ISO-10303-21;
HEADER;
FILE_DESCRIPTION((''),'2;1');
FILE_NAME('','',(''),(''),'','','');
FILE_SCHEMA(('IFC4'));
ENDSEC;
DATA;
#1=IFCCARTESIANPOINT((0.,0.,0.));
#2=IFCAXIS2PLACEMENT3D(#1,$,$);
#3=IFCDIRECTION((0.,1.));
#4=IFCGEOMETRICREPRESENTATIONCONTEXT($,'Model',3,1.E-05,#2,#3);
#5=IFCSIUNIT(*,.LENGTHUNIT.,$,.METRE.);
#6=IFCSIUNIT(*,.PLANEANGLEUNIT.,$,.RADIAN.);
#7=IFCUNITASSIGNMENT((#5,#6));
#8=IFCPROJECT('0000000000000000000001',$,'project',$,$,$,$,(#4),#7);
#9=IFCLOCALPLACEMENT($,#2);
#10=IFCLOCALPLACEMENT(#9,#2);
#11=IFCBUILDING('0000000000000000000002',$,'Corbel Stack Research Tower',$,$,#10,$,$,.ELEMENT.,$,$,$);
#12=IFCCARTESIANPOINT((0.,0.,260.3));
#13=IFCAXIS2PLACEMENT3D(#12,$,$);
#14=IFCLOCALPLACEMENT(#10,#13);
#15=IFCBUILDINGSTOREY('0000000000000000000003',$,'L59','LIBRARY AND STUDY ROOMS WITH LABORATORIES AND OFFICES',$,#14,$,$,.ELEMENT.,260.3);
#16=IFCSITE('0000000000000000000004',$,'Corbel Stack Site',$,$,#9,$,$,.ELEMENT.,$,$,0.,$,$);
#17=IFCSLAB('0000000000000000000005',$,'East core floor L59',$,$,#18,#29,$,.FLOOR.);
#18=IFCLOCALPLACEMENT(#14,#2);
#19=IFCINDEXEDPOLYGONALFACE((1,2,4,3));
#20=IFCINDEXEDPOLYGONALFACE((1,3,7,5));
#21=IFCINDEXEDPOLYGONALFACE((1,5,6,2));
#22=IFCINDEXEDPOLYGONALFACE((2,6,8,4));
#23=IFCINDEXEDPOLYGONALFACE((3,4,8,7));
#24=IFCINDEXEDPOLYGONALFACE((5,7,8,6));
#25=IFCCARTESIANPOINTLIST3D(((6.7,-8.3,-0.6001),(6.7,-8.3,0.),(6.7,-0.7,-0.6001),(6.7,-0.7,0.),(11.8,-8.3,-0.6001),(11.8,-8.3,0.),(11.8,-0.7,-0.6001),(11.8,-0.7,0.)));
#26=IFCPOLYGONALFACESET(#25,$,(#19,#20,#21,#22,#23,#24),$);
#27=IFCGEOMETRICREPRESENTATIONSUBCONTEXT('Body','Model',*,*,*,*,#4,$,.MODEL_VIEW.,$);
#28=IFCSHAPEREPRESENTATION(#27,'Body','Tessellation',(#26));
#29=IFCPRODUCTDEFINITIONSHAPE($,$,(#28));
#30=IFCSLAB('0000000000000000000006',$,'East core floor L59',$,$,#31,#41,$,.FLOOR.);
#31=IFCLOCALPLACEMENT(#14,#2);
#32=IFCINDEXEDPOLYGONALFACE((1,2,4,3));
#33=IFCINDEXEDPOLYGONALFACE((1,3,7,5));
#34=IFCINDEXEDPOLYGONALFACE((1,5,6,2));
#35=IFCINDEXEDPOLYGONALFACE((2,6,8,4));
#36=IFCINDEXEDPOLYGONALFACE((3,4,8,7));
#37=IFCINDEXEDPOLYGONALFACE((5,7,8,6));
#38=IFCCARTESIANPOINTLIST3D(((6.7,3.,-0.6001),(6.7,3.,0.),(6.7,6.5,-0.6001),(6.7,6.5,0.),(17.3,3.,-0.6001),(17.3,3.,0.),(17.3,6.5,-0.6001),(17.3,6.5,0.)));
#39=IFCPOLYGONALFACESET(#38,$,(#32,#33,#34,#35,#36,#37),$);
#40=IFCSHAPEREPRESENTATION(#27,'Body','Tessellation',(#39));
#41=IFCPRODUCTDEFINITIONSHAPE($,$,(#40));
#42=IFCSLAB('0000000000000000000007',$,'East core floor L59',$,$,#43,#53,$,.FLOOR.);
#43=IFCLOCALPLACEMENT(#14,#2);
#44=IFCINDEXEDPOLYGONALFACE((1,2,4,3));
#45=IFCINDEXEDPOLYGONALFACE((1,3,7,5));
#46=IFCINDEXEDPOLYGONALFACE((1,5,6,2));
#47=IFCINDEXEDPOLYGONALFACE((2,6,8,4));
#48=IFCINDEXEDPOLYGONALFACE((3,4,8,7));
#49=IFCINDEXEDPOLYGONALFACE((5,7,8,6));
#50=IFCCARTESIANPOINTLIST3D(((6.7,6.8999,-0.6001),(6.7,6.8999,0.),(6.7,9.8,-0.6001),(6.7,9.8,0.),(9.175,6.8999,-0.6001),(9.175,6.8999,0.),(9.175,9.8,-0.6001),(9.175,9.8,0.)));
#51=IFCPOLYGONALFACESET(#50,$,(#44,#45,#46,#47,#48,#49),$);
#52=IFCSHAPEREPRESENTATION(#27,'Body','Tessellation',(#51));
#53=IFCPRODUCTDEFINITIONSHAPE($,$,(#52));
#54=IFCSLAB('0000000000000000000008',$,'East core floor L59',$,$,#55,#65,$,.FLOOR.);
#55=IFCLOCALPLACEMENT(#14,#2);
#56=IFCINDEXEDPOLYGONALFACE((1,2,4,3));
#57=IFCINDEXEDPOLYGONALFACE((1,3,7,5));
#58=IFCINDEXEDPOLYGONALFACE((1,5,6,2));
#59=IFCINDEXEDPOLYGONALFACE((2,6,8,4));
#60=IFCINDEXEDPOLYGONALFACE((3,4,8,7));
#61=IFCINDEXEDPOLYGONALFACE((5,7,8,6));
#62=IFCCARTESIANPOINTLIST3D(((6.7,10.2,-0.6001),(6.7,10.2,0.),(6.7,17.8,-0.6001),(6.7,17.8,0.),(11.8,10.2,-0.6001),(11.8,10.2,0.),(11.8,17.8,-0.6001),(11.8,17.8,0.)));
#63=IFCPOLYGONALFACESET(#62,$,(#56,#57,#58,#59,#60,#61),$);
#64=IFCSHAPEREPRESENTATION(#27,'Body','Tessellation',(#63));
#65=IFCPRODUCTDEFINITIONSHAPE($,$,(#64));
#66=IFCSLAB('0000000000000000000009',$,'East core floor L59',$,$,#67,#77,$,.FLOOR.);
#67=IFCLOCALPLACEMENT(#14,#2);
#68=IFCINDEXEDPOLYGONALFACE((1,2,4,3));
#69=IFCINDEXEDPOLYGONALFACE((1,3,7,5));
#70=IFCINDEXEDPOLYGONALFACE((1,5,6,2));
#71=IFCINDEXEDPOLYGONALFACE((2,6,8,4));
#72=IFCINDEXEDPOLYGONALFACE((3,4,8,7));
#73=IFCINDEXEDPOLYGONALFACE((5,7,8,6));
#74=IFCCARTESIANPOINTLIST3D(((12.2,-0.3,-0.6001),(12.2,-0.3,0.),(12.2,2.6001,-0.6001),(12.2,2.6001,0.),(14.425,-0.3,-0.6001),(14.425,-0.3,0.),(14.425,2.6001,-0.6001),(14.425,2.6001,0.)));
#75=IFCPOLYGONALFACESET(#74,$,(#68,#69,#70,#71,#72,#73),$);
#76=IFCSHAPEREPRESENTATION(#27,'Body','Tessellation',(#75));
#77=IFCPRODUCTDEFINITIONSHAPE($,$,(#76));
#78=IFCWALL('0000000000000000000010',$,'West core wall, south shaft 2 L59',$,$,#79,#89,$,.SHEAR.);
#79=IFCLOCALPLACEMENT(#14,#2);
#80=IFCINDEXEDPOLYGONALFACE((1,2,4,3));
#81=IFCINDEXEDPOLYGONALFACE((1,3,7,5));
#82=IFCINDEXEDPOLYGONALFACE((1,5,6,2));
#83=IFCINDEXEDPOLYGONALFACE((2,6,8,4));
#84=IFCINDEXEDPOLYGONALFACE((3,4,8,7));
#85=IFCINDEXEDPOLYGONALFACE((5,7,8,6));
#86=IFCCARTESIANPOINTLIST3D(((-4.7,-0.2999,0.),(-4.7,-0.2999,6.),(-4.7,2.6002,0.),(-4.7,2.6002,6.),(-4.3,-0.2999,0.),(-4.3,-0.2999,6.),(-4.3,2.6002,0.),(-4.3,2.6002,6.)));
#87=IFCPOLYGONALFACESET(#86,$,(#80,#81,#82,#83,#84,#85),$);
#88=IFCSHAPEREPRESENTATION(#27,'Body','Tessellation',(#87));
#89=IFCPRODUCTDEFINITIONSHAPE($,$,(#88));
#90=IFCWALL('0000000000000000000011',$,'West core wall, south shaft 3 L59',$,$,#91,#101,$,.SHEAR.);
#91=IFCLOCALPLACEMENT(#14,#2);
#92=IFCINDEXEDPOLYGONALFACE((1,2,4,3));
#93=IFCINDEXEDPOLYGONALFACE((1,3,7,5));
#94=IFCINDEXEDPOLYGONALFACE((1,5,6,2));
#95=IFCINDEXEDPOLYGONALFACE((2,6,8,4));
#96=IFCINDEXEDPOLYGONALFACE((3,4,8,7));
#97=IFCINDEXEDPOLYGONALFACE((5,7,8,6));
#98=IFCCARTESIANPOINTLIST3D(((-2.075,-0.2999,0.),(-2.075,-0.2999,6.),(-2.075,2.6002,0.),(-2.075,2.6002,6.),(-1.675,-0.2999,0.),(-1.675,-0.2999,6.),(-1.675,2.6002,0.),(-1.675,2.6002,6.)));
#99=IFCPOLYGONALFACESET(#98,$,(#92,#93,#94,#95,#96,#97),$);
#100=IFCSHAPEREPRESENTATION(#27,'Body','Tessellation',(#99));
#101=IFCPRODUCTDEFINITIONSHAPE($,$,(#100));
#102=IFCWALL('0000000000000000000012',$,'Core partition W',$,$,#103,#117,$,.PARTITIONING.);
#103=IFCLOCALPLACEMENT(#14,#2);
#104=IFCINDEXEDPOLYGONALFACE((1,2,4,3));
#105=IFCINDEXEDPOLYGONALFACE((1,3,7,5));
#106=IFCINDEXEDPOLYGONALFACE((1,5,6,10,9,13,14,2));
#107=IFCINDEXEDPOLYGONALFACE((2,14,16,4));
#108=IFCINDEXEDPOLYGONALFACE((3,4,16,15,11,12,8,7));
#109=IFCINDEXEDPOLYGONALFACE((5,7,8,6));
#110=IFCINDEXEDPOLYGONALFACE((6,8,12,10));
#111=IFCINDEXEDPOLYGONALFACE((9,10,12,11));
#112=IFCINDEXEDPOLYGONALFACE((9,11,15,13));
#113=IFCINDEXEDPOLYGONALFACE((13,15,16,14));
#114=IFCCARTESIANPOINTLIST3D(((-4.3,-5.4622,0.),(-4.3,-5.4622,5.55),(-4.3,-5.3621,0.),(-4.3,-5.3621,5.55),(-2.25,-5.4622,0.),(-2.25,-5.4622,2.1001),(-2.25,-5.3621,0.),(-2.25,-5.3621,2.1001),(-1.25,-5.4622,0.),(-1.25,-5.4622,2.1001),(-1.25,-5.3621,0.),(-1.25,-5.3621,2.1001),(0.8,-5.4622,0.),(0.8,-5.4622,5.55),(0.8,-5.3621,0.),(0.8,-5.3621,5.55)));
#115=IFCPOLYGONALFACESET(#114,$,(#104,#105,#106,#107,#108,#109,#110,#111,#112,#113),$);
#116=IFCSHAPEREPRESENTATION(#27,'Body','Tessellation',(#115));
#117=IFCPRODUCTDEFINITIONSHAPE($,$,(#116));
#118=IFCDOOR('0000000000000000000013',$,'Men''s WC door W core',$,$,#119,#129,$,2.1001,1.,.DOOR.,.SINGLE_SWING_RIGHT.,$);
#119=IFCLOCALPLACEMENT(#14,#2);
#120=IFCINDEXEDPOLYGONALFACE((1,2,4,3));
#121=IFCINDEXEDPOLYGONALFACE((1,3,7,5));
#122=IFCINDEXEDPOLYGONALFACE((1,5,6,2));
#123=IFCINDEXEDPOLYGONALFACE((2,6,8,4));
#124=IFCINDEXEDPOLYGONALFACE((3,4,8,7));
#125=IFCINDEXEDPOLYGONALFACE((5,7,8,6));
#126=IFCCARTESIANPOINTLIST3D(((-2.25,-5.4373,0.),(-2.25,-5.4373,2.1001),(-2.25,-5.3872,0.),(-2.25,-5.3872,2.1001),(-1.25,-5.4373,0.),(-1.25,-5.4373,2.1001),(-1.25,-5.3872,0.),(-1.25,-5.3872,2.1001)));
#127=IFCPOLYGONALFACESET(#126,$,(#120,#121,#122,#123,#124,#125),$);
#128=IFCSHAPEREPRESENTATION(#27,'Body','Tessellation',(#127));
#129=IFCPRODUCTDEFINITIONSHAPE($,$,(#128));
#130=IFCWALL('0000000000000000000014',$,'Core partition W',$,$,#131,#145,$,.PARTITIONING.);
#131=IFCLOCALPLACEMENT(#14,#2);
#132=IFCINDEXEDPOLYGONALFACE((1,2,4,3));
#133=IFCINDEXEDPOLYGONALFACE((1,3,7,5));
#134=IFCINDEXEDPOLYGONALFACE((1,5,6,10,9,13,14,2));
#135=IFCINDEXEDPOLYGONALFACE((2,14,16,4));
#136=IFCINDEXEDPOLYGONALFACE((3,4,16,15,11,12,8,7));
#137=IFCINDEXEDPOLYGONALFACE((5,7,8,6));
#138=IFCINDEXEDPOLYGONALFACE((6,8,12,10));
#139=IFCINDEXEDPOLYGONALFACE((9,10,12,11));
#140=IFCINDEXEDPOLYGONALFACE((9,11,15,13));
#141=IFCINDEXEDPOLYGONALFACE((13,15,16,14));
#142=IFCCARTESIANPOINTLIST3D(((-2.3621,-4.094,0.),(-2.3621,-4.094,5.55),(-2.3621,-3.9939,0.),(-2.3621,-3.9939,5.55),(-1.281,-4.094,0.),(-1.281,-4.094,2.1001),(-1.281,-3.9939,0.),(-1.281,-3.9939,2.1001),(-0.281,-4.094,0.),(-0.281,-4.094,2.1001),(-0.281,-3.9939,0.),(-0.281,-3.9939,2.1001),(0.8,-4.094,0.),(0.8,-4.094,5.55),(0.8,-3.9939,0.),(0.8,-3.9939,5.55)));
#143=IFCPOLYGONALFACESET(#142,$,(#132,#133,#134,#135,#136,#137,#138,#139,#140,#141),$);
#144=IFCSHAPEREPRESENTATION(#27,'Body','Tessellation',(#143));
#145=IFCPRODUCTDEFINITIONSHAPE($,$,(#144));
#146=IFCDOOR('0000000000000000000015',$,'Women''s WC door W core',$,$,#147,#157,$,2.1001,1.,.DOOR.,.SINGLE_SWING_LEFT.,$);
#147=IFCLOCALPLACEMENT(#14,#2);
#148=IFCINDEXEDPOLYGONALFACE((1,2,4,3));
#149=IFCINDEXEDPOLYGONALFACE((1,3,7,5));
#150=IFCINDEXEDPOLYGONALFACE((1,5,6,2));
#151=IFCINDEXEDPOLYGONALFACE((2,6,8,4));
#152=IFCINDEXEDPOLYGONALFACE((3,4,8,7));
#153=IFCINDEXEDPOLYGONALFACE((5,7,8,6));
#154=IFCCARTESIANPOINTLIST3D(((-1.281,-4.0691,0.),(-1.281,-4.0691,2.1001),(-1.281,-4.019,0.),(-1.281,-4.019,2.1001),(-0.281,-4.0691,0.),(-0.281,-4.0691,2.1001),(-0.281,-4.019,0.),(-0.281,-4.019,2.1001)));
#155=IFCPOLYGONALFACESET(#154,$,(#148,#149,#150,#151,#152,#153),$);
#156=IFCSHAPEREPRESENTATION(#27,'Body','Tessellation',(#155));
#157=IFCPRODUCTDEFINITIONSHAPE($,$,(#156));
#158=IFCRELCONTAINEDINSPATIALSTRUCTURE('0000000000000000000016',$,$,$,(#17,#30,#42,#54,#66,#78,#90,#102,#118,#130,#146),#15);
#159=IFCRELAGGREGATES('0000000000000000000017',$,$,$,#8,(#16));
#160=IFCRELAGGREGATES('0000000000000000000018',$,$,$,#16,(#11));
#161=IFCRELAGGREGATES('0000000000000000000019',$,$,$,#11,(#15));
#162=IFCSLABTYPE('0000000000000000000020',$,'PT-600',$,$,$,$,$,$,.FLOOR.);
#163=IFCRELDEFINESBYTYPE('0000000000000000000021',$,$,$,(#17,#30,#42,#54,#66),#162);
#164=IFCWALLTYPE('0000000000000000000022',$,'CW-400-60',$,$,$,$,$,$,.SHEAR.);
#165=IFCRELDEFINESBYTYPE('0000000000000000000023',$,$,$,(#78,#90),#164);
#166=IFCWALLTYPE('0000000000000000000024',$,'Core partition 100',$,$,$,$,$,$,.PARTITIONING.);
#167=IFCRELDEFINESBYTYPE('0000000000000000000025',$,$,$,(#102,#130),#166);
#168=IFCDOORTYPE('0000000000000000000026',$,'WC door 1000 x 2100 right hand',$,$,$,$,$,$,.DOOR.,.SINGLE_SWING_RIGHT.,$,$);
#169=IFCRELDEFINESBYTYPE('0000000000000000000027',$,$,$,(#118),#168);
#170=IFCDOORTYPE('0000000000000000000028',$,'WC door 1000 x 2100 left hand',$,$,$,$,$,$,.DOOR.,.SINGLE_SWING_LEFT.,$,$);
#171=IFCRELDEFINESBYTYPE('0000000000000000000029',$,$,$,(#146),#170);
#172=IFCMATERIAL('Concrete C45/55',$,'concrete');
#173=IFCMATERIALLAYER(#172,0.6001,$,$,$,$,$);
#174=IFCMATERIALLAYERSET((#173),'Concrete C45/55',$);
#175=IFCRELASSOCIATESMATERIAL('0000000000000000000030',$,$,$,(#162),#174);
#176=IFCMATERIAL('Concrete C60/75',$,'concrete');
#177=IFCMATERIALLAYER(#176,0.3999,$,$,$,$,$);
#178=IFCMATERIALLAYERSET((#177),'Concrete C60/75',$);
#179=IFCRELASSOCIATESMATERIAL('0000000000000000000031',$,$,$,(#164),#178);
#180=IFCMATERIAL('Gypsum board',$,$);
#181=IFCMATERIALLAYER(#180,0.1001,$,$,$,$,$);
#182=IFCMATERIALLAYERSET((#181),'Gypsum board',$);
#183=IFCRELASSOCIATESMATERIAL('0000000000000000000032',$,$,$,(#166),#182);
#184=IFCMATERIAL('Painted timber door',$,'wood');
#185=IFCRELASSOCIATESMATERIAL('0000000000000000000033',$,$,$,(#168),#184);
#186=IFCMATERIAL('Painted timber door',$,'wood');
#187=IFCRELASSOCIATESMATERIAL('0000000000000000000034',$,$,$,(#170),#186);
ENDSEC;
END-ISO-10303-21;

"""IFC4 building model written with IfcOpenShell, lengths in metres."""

from ifc_helpers import new_model, si_unit, direction, frame, frame_2d, origin, place, context, subcontext, project, spatial, polyline, rectangle, outline, extrude, material, layer, layer_set, type_object, element, fill, save


model = new_model("IFC4")

# Units and contexts
model_context = context("Model", 3, precision=1e-05, world=origin(), true_north=direction((0.0, 1.0)))
body_context = subcontext(model_context, "Body", "Model", "MODEL_VIEW")
ifc_project = project(units=[si_unit("LENGTHUNIT", "METRE"), si_unit("PLANEANGLEUNIT", "RADIAN")], contexts=[model_context])

# Site, building, storey
site_placement = place(None, origin())
site = spatial("IfcSite", under=ifc_project, at=site_placement, Name="Corbel Stack Site", CompositionType="ELEMENT", RefElevation=0.0)
building_placement = place(site_placement, origin())
building = spatial("IfcBuilding", under=site, at=building_placement, Name="Corbel Stack Research Tower", CompositionType="ELEMENT")
storey_placement = place(building_placement, frame((0.0, 0.0, 260.3)))
storey = spatial("IfcBuildingStorey", under=building, at=storey_placement, Name="L59", Description="LIBRARY AND STUDY ROOMS WITH LABORATORIES AND OFFICES", CompositionType="ELEMENT", Elevation=260.3)

# Slabs
ifc_material_1 = material(Name="Concrete C45/55", Category="concrete")
ifc_layer_1 = layer(ifc_material_1, 0.6001)
ifc_layer_set_1 = layer_set([ifc_layer_1], Name="Concrete C45/55")
slab_type = type_object("IfcSlabType", Name="PT-600", PredefinedType="FLOOR", material=ifc_layer_set_1)
slab_1_placement = place(storey_placement, frame((0.0, 0.0, -0.6001)))
element("IfcSlab", 1, at=slab_1_placement, inside=storey, type_object=slab_type, Name="East core floor L59", PredefinedType="FLOOR", context=body_context, shape_type="SweptSolid", body=[
    extrude(outline(polyline([(6.7, -8.3), (11.8, -8.3), (11.8, -0.7), (6.7, -0.7), (6.7, -8.3)])), origin(), (0.0, 0.0, 1.0), 0.6001),
])
slab_2_placement = place(storey_placement, frame((0.0, 0.0, -0.6001)))
element("IfcSlab", 2, at=slab_2_placement, inside=storey, type_object=slab_type, Name="East core floor L59", PredefinedType="FLOOR", context=body_context, shape_type="SweptSolid", body=[
    extrude(outline(polyline([(6.7, 3.0), (17.3, 3.0), (17.3, 6.5), (6.7, 6.5), (6.7, 3.0)])), origin(), (0.0, 0.0, 1.0), 0.6001),
])
slab_3_placement = place(storey_placement, frame((0.0, 0.0, -0.6001)))
element("IfcSlab", 3, at=slab_3_placement, inside=storey, type_object=slab_type, Name="East core floor L59", PredefinedType="FLOOR", context=body_context, shape_type="SweptSolid", body=[
    extrude(outline(polyline([(6.7, 6.8999), (9.175, 6.8999), (9.175, 9.8), (6.7, 9.8), (6.7, 6.8999)])), origin(), (0.0, 0.0, 1.0), 0.6001),
])
slab_4_placement = place(storey_placement, frame((0.0, 0.0, -0.6001)))
element("IfcSlab", 4, at=slab_4_placement, inside=storey, type_object=slab_type, Name="East core floor L59", PredefinedType="FLOOR", context=body_context, shape_type="SweptSolid", body=[
    extrude(outline(polyline([(6.7, 10.2), (11.8, 10.2), (11.8, 17.8), (6.7, 17.8), (6.7, 10.2)])), origin(), (0.0, 0.0, 1.0), 0.6001),
])
slab_5_placement = place(storey_placement, frame((0.0, 0.0, -0.6001)))
element("IfcSlab", 5, at=slab_5_placement, inside=storey, type_object=slab_type, Name="East core floor L59", PredefinedType="FLOOR", context=body_context, shape_type="SweptSolid", body=[
    extrude(outline(polyline([(12.2, 2.6001), (12.2, -0.3), (14.425, -0.3), (14.425, 2.6001), (12.2, 2.6001)])), origin(), (0.0, 0.0, 1.0), 0.6001),
])

# Walls
ifc_material_2 = material(Name="Concrete C60/75", Category="concrete")
ifc_layer_2 = layer(ifc_material_2, 0.3999)
ifc_layer_set_2 = layer_set([ifc_layer_2], Name="Concrete C60/75")
wall_type_1 = type_object("IfcWallType", Name="CW-400-60", PredefinedType="SHEAR", material=ifc_layer_set_2)
for number, where, z_axis, x_axis, name in (
    (6, (-4.5, -0.3, 0.0), (0.0, 0.0, 1.0), (0.0, 1.0, 0.0), "West core wall, south shaft 2 L59"),
    (7, (-1.875, -0.3, 0.0), (0.0, 0.0, 1.0), (0.0, 1.0, 0.0), "West core wall, south shaft 3 L59"),
):
    element("IfcWall", number, at=place(storey_placement, frame(where, z_axis=z_axis, x_axis=x_axis)), inside=storey, type_object=wall_type_1, Name=name, PredefinedType="SHEAR", context=body_context, shape_type="SweptSolid", body=[
        extrude(rectangle(XDim=2.9001, YDim=0.3999, at=frame_2d((1.4502, 0.0))), origin(), (0.0, 0.0, 1.0), 6.0),
    ])

# Walls, openings, doors
ifc_material_3 = material(Name="Gypsum board")
ifc_layer_3 = layer(ifc_material_3, 0.1001)
ifc_layer_set_3 = layer_set([ifc_layer_3], Name="Gypsum board")
wall_type_2 = type_object("IfcWallType", Name="Core partition 100", PredefinedType="PARTITIONING", material=ifc_layer_set_3)
wall_1_placement = place(storey_placement, frame((-4.3, -5.4121, 0.0), z_axis=(0.0, 0.0, 1.0), x_axis=(1.0, 0.0, 0.0)))
wall_1 = element("IfcWall", 8, at=wall_1_placement, inside=storey, type_object=wall_type_2, Name="Core partition W", PredefinedType="PARTITIONING", context=body_context, shape_type="SweptSolid", body=[
    extrude(rectangle(XDim=5.1001, YDim=0.1001, at=frame_2d((2.55, 0.0))), origin(), (0.0, 0.0, 1.0), 5.55),
])
opening_1_placement = place(wall_1_placement, frame((2.05, 0.0, 0.0)))
opening_1 = element("IfcOpeningElement", 9, at=opening_1_placement, cuts=wall_1, PredefinedType="OPENING", context=body_context, shape_type="SweptSolid", body=[
    extrude(rectangle(XDim=1.0, YDim=2.1001, at=frame_2d((0.5, 1.05))), frame((0.0, 0.0601, 0.0), z_axis=(0.0, -1.0, 0.0), x_axis=(1.0, 0.0, 0.0)), (0.0, 0.0, 1.0), 0.1201),
])
ifc_material_4 = material(Name="Painted timber door", Category="wood")
door_type_1 = type_object("IfcDoorType", Name="WC door 1000 x 2100 right hand", OperationType="SINGLE_SWING_RIGHT", PredefinedType="DOOR", material=ifc_material_4)
door_1_placement = place(opening_1_placement, origin())
door_1 = element("IfcDoor", 10, at=door_1_placement, inside=storey, type_object=door_type_1, Name="Men's WC door W core", OperationType="SINGLE_SWING_RIGHT", OverallHeight=2.1001, OverallWidth=1.0, PredefinedType="DOOR", context=body_context, shape_type="SweptSolid", body=[
    extrude(rectangle(XDim=1.0, YDim=2.1001, at=frame_2d((0.5, 1.05))), frame((0.0, 0.0249, 0.0), z_axis=(0.0, -1.0, 0.0), x_axis=(1.0, 0.0, 0.0)), (0.0, 0.0, 1.0), 0.05),
])
fill(opening_1, door_1)
wall_2_placement = place(storey_placement, frame((-2.3621, -4.0439, 0.0), z_axis=(0.0, 0.0, 1.0), x_axis=(1.0, 0.0, 0.0)))
wall_2 = element("IfcWall", 11, at=wall_2_placement, inside=storey, type_object=wall_type_2, Name="Core partition W", PredefinedType="PARTITIONING", context=body_context, shape_type="SweptSolid", body=[
    extrude(rectangle(XDim=3.1621, YDim=0.1001, at=frame_2d((1.5811, 0.0))), origin(), (0.0, 0.0, 1.0), 5.55),
])
opening_2_placement = place(wall_2_placement, frame((1.0811, 0.0, 0.0)))
opening_2 = element("IfcOpeningElement", 12, at=opening_2_placement, cuts=wall_2, PredefinedType="OPENING", context=body_context, shape_type="SweptSolid", body=[
    extrude(rectangle(XDim=1.0, YDim=2.1001, at=frame_2d((0.5, 1.05))), frame((0.0, 0.0601, 0.0), z_axis=(0.0, -1.0, 0.0), x_axis=(1.0, 0.0, 0.0)), (0.0, 0.0, 1.0), 0.1201),
])
ifc_material_5 = material(Name="Painted timber door", Category="wood")
door_type_2 = type_object("IfcDoorType", Name="WC door 1000 x 2100 left hand", OperationType="SINGLE_SWING_LEFT", PredefinedType="DOOR", material=ifc_material_5)
door_2_placement = place(opening_2_placement, origin())
door_2 = element("IfcDoor", 13, at=door_2_placement, inside=storey, type_object=door_type_2, Name="Women's WC door W core", OperationType="SINGLE_SWING_LEFT", OverallHeight=2.1001, OverallWidth=1.0, PredefinedType="DOOR", context=body_context, shape_type="SweptSolid", body=[
    extrude(rectangle(XDim=1.0, YDim=2.1001, at=frame_2d((0.5, 1.05))), frame((0.0, 0.0249, 0.0), z_axis=(0.0, -1.0, 0.0), x_axis=(1.0, 0.0, 0.0)), (0.0, 0.0, 1.0), 0.05),
])
fill(opening_2, door_2)

save(model, "model.ifc")
